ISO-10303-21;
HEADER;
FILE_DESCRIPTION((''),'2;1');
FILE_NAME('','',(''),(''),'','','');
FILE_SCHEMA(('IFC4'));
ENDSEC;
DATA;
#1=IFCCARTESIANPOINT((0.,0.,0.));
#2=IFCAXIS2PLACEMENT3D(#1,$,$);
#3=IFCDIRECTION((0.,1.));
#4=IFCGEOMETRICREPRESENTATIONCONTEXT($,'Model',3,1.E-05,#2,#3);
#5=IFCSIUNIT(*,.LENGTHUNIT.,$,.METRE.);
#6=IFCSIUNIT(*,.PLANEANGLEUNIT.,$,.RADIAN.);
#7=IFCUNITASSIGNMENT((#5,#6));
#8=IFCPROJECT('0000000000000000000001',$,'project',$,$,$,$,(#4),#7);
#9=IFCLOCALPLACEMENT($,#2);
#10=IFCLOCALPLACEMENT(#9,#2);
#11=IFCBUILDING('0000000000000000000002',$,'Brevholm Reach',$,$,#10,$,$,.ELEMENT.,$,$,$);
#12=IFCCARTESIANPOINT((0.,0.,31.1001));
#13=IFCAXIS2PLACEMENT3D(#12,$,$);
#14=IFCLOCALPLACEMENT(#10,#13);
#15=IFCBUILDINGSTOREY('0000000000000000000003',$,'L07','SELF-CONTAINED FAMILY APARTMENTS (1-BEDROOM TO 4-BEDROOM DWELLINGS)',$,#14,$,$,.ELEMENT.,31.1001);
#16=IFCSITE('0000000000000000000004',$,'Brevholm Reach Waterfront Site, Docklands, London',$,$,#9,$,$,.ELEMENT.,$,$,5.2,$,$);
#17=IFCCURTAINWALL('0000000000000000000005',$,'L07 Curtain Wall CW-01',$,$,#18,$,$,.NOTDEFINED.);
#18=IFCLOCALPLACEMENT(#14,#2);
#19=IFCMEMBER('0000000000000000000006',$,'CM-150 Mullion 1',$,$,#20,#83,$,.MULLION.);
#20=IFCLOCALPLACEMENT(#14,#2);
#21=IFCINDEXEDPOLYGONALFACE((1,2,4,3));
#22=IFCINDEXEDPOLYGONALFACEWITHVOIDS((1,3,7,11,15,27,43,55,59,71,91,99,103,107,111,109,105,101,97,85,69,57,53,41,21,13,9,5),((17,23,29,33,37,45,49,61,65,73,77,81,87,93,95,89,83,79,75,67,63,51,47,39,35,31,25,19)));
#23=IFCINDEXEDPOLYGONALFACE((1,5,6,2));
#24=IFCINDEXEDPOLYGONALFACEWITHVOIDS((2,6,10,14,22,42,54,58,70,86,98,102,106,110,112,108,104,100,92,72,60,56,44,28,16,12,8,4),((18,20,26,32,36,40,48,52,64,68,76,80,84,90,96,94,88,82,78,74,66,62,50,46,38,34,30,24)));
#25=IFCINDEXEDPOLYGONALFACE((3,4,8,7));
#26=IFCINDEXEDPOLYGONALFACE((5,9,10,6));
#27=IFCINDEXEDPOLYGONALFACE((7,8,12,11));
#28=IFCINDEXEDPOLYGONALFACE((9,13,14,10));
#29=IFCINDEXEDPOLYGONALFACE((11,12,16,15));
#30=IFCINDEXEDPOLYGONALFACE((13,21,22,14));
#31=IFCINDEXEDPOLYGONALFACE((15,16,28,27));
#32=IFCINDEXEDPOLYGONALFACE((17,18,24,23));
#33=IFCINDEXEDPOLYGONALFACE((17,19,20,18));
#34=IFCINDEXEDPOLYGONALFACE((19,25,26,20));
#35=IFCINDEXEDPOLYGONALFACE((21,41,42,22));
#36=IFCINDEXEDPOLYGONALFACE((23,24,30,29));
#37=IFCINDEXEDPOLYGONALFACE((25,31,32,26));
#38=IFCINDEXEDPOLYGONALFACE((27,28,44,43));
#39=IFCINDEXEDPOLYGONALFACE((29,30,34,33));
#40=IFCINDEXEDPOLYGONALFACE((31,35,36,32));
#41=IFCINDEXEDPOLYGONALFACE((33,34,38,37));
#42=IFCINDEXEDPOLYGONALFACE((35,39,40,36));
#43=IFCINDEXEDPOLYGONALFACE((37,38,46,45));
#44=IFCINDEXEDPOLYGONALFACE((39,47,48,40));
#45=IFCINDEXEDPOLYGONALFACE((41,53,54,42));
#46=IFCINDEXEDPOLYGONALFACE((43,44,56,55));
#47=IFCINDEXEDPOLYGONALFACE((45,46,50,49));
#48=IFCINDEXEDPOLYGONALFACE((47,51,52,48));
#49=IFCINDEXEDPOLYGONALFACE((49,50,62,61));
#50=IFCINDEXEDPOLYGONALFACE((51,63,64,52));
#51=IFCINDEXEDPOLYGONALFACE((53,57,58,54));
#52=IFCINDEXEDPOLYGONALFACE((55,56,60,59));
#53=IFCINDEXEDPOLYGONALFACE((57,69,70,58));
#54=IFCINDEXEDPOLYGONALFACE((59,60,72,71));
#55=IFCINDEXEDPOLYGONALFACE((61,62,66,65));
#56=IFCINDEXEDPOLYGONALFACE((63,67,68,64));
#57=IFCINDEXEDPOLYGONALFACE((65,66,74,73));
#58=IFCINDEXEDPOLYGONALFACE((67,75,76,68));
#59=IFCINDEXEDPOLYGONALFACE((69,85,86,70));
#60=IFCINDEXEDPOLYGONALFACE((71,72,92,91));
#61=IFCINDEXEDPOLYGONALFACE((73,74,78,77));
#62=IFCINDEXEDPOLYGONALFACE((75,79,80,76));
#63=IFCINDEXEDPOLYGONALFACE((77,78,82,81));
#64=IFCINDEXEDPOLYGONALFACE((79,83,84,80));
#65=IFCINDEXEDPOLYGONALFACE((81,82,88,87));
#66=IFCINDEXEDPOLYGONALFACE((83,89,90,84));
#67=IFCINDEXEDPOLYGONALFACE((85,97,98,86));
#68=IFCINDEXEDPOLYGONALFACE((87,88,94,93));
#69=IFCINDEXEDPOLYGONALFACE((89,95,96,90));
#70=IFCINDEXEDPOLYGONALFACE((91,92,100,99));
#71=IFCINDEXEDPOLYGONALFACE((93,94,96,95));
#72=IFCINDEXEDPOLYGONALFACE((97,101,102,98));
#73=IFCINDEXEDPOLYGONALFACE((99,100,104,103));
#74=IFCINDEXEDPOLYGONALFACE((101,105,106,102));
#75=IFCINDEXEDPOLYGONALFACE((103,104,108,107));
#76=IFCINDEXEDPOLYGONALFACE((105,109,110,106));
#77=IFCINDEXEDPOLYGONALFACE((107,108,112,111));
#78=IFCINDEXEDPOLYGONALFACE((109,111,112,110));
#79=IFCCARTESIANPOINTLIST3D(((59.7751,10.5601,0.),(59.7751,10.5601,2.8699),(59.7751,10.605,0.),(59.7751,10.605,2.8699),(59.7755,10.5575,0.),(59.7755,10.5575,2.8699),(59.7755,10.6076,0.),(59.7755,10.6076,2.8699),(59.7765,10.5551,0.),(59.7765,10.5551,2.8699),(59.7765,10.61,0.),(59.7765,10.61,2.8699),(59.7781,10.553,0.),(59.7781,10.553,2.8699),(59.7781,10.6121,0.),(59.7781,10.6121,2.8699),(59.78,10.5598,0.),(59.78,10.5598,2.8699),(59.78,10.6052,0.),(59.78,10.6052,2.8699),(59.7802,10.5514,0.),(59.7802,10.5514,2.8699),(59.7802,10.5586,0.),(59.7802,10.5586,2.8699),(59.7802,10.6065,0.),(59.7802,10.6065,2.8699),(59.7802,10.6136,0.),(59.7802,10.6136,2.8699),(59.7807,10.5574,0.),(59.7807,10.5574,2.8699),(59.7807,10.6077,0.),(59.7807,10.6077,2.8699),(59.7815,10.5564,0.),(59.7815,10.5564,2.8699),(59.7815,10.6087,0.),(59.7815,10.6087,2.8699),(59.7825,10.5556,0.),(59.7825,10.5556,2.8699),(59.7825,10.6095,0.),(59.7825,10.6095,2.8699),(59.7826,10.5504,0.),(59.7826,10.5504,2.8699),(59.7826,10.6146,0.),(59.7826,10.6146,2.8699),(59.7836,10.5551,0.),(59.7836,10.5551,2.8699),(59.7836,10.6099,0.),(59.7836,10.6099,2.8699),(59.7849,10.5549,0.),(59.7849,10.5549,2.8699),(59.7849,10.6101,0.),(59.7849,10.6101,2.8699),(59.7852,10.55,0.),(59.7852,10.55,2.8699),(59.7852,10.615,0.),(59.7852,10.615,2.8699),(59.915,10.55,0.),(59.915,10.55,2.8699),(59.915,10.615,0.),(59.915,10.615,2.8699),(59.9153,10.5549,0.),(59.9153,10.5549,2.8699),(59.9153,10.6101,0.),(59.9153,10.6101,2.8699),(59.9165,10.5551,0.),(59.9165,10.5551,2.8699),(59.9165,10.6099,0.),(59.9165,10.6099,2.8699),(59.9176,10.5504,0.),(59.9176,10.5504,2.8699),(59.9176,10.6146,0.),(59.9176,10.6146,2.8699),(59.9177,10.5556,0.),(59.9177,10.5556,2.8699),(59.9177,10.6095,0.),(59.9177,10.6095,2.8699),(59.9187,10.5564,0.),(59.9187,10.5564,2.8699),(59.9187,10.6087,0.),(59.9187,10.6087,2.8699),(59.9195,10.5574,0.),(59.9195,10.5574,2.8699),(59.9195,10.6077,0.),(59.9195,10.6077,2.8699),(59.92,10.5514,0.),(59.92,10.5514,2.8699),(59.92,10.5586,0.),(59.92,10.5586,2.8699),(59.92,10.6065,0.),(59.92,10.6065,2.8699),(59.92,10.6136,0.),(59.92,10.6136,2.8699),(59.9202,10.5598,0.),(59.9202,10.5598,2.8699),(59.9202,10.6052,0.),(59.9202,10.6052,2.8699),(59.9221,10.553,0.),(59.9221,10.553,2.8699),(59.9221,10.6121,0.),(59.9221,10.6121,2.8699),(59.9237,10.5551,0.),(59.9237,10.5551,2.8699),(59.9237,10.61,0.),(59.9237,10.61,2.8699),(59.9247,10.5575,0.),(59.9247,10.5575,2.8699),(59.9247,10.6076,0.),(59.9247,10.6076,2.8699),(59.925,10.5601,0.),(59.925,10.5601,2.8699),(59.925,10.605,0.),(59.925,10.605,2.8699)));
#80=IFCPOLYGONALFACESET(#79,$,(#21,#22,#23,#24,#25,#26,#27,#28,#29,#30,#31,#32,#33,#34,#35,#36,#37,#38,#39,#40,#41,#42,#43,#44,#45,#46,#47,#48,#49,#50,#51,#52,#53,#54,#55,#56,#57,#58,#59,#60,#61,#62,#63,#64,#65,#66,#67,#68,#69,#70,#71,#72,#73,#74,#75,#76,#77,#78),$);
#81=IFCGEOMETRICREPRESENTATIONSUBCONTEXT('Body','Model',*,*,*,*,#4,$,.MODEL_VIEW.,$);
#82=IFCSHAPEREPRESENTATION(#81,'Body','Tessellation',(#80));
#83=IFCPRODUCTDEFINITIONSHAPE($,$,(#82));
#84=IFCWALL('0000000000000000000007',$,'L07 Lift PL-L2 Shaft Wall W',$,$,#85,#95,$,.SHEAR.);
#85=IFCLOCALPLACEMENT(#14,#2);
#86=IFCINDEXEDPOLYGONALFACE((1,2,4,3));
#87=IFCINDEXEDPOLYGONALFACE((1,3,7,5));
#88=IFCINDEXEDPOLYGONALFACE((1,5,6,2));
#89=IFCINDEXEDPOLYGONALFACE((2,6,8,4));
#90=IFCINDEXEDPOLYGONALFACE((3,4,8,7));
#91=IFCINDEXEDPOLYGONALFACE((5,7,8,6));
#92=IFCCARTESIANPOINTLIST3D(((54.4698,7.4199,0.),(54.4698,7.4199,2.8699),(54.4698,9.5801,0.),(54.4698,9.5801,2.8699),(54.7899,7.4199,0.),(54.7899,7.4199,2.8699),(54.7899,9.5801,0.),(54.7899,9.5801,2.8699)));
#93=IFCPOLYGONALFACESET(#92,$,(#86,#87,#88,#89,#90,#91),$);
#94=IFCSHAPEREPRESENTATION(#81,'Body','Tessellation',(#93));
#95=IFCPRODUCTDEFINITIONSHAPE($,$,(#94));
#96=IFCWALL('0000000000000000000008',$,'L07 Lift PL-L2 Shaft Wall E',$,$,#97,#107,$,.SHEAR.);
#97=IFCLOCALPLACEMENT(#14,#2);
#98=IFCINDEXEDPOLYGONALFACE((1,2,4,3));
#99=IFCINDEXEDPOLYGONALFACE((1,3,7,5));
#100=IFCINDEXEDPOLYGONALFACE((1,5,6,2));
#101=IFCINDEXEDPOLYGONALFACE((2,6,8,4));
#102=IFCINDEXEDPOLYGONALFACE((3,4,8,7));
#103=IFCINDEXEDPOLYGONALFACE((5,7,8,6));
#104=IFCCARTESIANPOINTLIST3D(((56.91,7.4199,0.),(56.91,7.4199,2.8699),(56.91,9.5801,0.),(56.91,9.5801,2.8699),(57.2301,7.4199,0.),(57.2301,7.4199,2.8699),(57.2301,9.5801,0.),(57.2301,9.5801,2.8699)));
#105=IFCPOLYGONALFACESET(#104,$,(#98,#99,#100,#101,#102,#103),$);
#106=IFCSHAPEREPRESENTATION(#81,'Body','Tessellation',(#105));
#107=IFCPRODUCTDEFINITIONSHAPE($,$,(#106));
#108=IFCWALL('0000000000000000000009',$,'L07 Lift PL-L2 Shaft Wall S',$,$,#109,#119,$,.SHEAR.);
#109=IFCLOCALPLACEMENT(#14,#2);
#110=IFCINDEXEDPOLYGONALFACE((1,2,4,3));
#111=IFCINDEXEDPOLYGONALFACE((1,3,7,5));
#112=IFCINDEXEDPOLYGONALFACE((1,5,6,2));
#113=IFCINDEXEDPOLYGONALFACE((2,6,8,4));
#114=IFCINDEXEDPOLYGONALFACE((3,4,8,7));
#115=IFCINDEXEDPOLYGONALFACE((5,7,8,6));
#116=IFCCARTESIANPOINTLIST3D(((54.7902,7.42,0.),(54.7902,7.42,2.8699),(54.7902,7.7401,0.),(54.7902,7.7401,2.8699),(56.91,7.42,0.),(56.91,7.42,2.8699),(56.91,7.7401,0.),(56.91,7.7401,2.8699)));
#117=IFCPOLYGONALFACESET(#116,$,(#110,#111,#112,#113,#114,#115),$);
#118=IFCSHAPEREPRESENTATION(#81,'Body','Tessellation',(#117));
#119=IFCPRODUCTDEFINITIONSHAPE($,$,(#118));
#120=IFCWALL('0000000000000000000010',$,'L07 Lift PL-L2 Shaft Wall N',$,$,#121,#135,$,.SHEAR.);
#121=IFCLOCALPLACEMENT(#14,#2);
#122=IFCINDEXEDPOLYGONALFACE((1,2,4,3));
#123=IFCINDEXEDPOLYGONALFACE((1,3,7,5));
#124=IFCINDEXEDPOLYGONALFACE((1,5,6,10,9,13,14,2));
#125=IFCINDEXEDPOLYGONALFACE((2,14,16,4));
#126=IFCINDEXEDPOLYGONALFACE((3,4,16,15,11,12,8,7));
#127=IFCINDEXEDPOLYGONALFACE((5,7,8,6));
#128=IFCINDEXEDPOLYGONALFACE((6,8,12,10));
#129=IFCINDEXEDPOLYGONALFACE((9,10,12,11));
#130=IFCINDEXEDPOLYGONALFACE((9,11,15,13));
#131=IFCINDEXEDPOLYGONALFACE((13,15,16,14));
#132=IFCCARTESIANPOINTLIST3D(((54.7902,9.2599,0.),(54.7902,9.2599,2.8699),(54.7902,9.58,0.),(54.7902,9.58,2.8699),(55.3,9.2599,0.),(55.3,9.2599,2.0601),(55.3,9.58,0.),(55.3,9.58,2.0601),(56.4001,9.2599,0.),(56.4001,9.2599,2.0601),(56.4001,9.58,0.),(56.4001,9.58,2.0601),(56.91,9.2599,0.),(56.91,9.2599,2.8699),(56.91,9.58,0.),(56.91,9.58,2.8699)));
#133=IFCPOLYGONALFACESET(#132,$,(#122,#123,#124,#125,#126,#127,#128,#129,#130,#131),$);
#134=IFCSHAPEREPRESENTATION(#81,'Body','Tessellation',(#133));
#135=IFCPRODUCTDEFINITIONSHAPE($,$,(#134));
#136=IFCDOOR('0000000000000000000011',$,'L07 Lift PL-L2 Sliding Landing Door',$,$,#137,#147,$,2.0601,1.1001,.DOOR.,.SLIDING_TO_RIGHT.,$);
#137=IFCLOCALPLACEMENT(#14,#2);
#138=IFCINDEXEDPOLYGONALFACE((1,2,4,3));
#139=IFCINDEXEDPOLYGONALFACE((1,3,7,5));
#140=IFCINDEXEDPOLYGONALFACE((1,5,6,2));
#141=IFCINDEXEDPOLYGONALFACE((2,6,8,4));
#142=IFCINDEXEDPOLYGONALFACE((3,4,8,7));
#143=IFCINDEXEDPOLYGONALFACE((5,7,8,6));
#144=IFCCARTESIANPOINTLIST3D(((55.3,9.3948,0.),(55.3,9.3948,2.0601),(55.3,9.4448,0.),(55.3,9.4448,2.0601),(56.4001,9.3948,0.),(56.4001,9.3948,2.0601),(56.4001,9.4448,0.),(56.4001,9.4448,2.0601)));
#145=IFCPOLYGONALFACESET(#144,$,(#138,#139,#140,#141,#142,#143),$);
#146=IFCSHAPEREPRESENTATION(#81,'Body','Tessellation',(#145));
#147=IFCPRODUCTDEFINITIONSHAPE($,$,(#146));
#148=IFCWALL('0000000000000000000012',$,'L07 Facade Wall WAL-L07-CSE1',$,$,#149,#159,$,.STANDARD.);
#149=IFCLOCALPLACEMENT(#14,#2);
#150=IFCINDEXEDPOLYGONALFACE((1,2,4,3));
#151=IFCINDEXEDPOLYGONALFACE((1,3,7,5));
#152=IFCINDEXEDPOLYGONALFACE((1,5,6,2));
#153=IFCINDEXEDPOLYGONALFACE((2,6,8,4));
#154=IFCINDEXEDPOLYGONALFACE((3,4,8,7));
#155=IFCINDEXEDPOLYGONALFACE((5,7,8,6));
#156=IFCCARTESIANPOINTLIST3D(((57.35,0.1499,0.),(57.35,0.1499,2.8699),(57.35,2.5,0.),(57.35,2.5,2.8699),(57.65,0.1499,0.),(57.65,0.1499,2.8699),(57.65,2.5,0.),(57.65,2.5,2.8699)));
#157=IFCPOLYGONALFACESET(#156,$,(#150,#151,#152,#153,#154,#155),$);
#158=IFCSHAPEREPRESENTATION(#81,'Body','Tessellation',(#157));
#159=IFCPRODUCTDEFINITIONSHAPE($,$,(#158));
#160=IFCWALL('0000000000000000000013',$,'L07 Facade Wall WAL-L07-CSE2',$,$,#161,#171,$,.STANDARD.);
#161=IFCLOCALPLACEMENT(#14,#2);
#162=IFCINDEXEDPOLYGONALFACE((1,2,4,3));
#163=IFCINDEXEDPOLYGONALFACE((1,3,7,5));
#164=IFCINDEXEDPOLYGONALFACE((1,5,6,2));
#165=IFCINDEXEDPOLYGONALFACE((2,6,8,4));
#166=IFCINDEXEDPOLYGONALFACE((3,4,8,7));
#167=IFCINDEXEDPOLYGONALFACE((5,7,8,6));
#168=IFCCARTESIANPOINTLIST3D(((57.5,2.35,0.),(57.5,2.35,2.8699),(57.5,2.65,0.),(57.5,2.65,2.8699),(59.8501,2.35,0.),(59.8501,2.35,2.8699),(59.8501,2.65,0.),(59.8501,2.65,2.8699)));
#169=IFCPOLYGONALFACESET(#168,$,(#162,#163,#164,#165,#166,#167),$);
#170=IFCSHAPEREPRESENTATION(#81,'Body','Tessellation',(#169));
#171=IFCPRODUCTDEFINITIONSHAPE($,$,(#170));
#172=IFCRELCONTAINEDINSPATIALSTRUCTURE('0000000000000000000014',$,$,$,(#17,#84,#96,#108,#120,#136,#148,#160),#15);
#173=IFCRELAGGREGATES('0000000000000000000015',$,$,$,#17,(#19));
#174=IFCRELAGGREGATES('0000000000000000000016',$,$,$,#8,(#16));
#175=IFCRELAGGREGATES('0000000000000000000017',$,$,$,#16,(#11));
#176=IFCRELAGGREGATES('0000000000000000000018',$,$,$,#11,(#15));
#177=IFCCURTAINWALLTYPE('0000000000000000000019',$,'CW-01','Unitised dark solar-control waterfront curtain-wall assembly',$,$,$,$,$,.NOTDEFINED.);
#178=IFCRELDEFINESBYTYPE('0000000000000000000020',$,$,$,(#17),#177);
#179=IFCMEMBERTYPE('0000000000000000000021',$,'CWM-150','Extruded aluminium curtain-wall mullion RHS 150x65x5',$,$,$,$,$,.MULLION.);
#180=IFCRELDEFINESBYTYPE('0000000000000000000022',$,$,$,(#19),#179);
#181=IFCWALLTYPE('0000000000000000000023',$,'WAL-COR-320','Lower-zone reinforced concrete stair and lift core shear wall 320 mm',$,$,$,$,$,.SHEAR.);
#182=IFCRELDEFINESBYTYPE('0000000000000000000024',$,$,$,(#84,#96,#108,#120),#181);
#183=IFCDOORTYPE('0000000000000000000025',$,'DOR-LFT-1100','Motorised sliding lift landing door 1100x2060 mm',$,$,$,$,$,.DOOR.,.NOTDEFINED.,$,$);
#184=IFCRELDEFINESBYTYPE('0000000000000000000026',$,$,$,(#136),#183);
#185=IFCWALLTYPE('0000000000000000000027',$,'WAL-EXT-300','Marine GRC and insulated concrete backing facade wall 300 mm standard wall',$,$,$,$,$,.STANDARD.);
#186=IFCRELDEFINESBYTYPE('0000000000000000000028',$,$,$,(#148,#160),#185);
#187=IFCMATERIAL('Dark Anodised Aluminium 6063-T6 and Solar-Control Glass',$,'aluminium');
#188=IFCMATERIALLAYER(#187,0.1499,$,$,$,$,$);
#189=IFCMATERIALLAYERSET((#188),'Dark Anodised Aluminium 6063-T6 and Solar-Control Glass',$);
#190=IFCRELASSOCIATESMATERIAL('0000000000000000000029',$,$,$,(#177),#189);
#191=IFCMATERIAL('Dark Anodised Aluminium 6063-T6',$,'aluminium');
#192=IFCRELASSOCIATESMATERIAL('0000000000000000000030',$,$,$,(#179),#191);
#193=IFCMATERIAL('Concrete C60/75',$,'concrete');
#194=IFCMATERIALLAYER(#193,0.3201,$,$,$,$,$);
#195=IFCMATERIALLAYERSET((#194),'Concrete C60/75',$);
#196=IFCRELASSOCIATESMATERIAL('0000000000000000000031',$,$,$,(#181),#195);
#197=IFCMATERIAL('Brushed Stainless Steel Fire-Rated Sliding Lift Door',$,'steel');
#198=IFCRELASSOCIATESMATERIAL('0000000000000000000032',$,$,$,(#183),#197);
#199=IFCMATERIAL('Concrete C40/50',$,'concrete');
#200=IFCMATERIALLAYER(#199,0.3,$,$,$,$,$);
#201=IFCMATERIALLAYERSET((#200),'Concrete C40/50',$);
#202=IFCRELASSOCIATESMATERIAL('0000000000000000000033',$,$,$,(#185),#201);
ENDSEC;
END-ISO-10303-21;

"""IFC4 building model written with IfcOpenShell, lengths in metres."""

from ifc_helpers import new_model, si_unit, direction, frame, frame_2d, origin, origin_2d, place, context, subcontext, project, spatial, rectangle, hollow_rectangle, extrude, material, layer, layer_set, material_profile, profile_set, type_object, element, fill, aggregate, save


model = new_model("IFC4")

# Units and contexts
model_context = context("Model", 3, precision=1e-05, world=origin(), true_north=direction((0.0, 1.0)))
body_context = subcontext(model_context, "Body", "Model", "MODEL_VIEW")
ifc_project = project(units=[si_unit("LENGTHUNIT", "METRE"), si_unit("PLANEANGLEUNIT", "RADIAN")], contexts=[model_context])

# Site, building, storey
site_placement = place(None, origin())
site = spatial("IfcSite", under=ifc_project, at=site_placement, Name="Brevholm Reach Waterfront Site, Docklands, London", CompositionType="ELEMENT", RefElevation=5.2)
building_placement = place(site_placement, origin())
building = spatial("IfcBuilding", under=site, at=building_placement, Name="Brevholm Reach", CompositionType="ELEMENT")
storey_placement = place(building_placement, frame((0.0, 0.0, 31.1001)))
storey = spatial("IfcBuildingStorey", under=building, at=storey_placement, Name="L07", Description="SELF-CONTAINED FAMILY APARTMENTS (1-BEDROOM TO 4-BEDROOM DWELLINGS)", CompositionType="ELEMENT", Elevation=31.1001)

# Curtain wall, member
ifc_material_1 = material(Name="Dark Anodised Aluminium 6063-T6 and Solar-Control Glass", Category="aluminium")
ifc_layer_1 = layer(ifc_material_1, 0.1499)
ifc_layer_set_1 = layer_set([ifc_layer_1], Name="Dark Anodised Aluminium 6063-T6 and Solar-Control Glass")
curtain_wall_type = type_object("IfcCurtainWallType", Name="CW-01", Description="Unitised dark solar-control waterfront curtain-wall assembly", PredefinedType="NOTDEFINED", material=ifc_layer_set_1)
curtain_wall_placement = place(storey_placement, origin())
curtain_wall = element("IfcCurtainWall", 1, at=curtain_wall_placement, inside=storey, type_object=curtain_wall_type, Name="L07 Curtain Wall CW-01", PredefinedType="NOTDEFINED")
ifc_material_2 = material(Name="Dark Anodised Aluminium 6063-T6", Category="aluminium")
ifc_material_profile_1 = material_profile(ifc_material_2, hollow_rectangle(XDim=0.0649, YDim=0.1499, WallThickness=0.0049, InnerFilletRadius=0.0049, OuterFilletRadius=0.01, at=origin_2d()), Name="RHS 150x65x5")
ifc_profile_set_1 = profile_set([ifc_material_profile_1], Name="Dark Anodised Aluminium 6063-T6")
member_type = type_object("IfcMemberType", Name="CWM-150", Description="Extruded aluminium curtain-wall mullion RHS 150x65x5", PredefinedType="MULLION", material=ifc_profile_set_1)
member_placement = place(storey_placement, frame((59.8501, 10.5825, 0.0), z_axis=(0.0, 0.0, 1.0), x_axis=(0.0, 1.0, 0.0)))
member = element("IfcMember", 2, at=member_placement, type_object=member_type, Name="CM-150 Mullion 1", PredefinedType="MULLION", context=body_context, shape_type="SweptSolid", body=[
    extrude(hollow_rectangle(XDim=0.0649, YDim=0.1499, WallThickness=0.0049, InnerFilletRadius=0.0049, OuterFilletRadius=0.01, at=origin_2d()), origin(), (0.0, 0.0, 1.0), 2.8699),
])
aggregate(curtain_wall, [member])

# Walls
ifc_material_3 = material(Name="Concrete C60/75", Category="concrete")
ifc_layer_2 = layer(ifc_material_3, 0.3201)
ifc_layer_set_2 = layer_set([ifc_layer_2], Name="Concrete C60/75")
wall_type_1 = type_object("IfcWallType", Name="WAL-COR-320", Description="Lower-zone reinforced concrete stair and lift core shear wall 320 mm", PredefinedType="SHEAR", material=ifc_layer_set_2)
for number, where, z_axis, x_axis, name in (
    (3, (54.6299, 7.4199, 0.0), (0.0, 0.0, 1.0), (0.0, 1.0, 0.0), "L07 Lift PL-L2 Shaft Wall W"),
    (4, (57.0701, 7.4199, 0.0), (0.0, 0.0, 1.0), (0.0, 1.0, 0.0), "L07 Lift PL-L2 Shaft Wall E"),
):
    element("IfcWall", number, at=place(storey_placement, frame(where, z_axis=z_axis, x_axis=x_axis)), inside=storey, type_object=wall_type_1, Name=name, PredefinedType="SHEAR", context=body_context, shape_type="SweptSolid", body=[
        extrude(rectangle(XDim=2.1602, YDim=0.3201, at=frame_2d((1.0801, 0.0))), origin(), (0.0, 0.0, 1.0), 2.8699),
    ])
wall_1_placement = place(storey_placement, frame((54.79, 7.5801, 0.0), z_axis=(0.0, 0.0, 1.0), x_axis=(1.0, 0.0, 0.0)))
element("IfcWall", 5, at=wall_1_placement, inside=storey, type_object=wall_type_1, Name="L07 Lift PL-L2 Shaft Wall S", PredefinedType="SHEAR", context=body_context, shape_type="SweptSolid", body=[
    extrude(rectangle(XDim=2.1199, YDim=0.3201, at=frame_2d((1.0601, 0.0))), origin(), (0.0, 0.0, 1.0), 2.8699),
])

# Wall, opening, door
wall_2_placement = place(storey_placement, frame((54.79, 9.4199, 0.0), z_axis=(0.0, 0.0, 1.0), x_axis=(1.0, 0.0, 0.0)))
wall_2 = element("IfcWall", 6, at=wall_2_placement, inside=storey, type_object=wall_type_1, Name="L07 Lift PL-L2 Shaft Wall N", PredefinedType="SHEAR", context=body_context, shape_type="SweptSolid", body=[
    extrude(rectangle(XDim=2.1199, YDim=0.3201, at=frame_2d((1.0601, 0.0))), origin(), (0.0, 0.0, 1.0), 2.8699),
])
opening_1_placement = place(wall_2_placement, frame((0.51, 0.0, 0.0)))
opening_1 = element("IfcOpeningElement", 7, at=opening_1_placement, cuts=wall_2, PredefinedType="OPENING", context=body_context, shape_type="SweptSolid", body=[
    extrude(rectangle(XDim=1.1001, YDim=2.0601, at=frame_2d((0.55, 1.03))), frame((0.0, 0.1699, 0.0), z_axis=(0.0, -1.0, 0.0), x_axis=(1.0, 0.0, 0.0)), (0.0, 0.0, 1.0), 0.3401),
])
ifc_material_4 = material(Name="Brushed Stainless Steel Fire-Rated Sliding Lift Door", Category="steel")
door_type_1 = type_object("IfcDoorType", Name="DOR-LFT-1100", Description="Motorised sliding lift landing door 1100x2060 mm", OperationType="NOTDEFINED", PredefinedType="DOOR", material=ifc_material_4)
door_1_placement = place(opening_1_placement, origin())
door_1 = element("IfcDoor", 8, at=door_1_placement, inside=storey, type_object=door_type_1, Name="L07 Lift PL-L2 Sliding Landing Door", OperationType="SLIDING_TO_RIGHT", OverallHeight=2.0601, OverallWidth=1.1001, PredefinedType="DOOR", context=body_context, shape_type="SweptSolid", body=[
    extrude(rectangle(XDim=1.1001, YDim=2.0601, at=frame_2d((0.55, 1.03))), frame((0.0, 0.0249, 0.0), z_axis=(0.0, -1.0, 0.0), x_axis=(1.0, 0.0, 0.0)), (0.0, 0.0, 1.0), 0.05),
])
fill(opening_1, door_1)

# Walls
ifc_material_5 = material(Name="Concrete C40/50", Category="concrete")
ifc_layer_3 = layer(ifc_material_5, 0.3)
ifc_layer_set_3 = layer_set([ifc_layer_3], Name="Concrete C40/50")
wall_type_2 = type_object("IfcWallType", Name="WAL-EXT-300", Description="Marine GRC and insulated concrete backing facade wall 300 mm standard wall", PredefinedType="STANDARD", material=ifc_layer_set_3)
for number, where, z_axis, x_axis, name in (
    (9, (57.5, 0.1499, 0.0), (0.0, 0.0, 1.0), (0.0, 1.0, 0.0), "L07 Facade Wall WAL-L07-CSE1"),
    (10, (57.5, 2.5, 0.0), (0.0, 0.0, 1.0), (1.0, 0.0, 0.0), "L07 Facade Wall WAL-L07-CSE2"),
):
    element("IfcWall", number, at=place(storey_placement, frame(where, z_axis=z_axis, x_axis=x_axis)), inside=storey, type_object=wall_type_2, Name=name, PredefinedType="STANDARD", context=body_context, shape_type="SweptSolid", body=[
        extrude(rectangle(XDim=2.3501, YDim=0.3, at=frame_2d((1.175, 0.0))), origin(), (0.0, 0.0, 1.0), 2.8699),
    ])

save(model, "model.ifc")
